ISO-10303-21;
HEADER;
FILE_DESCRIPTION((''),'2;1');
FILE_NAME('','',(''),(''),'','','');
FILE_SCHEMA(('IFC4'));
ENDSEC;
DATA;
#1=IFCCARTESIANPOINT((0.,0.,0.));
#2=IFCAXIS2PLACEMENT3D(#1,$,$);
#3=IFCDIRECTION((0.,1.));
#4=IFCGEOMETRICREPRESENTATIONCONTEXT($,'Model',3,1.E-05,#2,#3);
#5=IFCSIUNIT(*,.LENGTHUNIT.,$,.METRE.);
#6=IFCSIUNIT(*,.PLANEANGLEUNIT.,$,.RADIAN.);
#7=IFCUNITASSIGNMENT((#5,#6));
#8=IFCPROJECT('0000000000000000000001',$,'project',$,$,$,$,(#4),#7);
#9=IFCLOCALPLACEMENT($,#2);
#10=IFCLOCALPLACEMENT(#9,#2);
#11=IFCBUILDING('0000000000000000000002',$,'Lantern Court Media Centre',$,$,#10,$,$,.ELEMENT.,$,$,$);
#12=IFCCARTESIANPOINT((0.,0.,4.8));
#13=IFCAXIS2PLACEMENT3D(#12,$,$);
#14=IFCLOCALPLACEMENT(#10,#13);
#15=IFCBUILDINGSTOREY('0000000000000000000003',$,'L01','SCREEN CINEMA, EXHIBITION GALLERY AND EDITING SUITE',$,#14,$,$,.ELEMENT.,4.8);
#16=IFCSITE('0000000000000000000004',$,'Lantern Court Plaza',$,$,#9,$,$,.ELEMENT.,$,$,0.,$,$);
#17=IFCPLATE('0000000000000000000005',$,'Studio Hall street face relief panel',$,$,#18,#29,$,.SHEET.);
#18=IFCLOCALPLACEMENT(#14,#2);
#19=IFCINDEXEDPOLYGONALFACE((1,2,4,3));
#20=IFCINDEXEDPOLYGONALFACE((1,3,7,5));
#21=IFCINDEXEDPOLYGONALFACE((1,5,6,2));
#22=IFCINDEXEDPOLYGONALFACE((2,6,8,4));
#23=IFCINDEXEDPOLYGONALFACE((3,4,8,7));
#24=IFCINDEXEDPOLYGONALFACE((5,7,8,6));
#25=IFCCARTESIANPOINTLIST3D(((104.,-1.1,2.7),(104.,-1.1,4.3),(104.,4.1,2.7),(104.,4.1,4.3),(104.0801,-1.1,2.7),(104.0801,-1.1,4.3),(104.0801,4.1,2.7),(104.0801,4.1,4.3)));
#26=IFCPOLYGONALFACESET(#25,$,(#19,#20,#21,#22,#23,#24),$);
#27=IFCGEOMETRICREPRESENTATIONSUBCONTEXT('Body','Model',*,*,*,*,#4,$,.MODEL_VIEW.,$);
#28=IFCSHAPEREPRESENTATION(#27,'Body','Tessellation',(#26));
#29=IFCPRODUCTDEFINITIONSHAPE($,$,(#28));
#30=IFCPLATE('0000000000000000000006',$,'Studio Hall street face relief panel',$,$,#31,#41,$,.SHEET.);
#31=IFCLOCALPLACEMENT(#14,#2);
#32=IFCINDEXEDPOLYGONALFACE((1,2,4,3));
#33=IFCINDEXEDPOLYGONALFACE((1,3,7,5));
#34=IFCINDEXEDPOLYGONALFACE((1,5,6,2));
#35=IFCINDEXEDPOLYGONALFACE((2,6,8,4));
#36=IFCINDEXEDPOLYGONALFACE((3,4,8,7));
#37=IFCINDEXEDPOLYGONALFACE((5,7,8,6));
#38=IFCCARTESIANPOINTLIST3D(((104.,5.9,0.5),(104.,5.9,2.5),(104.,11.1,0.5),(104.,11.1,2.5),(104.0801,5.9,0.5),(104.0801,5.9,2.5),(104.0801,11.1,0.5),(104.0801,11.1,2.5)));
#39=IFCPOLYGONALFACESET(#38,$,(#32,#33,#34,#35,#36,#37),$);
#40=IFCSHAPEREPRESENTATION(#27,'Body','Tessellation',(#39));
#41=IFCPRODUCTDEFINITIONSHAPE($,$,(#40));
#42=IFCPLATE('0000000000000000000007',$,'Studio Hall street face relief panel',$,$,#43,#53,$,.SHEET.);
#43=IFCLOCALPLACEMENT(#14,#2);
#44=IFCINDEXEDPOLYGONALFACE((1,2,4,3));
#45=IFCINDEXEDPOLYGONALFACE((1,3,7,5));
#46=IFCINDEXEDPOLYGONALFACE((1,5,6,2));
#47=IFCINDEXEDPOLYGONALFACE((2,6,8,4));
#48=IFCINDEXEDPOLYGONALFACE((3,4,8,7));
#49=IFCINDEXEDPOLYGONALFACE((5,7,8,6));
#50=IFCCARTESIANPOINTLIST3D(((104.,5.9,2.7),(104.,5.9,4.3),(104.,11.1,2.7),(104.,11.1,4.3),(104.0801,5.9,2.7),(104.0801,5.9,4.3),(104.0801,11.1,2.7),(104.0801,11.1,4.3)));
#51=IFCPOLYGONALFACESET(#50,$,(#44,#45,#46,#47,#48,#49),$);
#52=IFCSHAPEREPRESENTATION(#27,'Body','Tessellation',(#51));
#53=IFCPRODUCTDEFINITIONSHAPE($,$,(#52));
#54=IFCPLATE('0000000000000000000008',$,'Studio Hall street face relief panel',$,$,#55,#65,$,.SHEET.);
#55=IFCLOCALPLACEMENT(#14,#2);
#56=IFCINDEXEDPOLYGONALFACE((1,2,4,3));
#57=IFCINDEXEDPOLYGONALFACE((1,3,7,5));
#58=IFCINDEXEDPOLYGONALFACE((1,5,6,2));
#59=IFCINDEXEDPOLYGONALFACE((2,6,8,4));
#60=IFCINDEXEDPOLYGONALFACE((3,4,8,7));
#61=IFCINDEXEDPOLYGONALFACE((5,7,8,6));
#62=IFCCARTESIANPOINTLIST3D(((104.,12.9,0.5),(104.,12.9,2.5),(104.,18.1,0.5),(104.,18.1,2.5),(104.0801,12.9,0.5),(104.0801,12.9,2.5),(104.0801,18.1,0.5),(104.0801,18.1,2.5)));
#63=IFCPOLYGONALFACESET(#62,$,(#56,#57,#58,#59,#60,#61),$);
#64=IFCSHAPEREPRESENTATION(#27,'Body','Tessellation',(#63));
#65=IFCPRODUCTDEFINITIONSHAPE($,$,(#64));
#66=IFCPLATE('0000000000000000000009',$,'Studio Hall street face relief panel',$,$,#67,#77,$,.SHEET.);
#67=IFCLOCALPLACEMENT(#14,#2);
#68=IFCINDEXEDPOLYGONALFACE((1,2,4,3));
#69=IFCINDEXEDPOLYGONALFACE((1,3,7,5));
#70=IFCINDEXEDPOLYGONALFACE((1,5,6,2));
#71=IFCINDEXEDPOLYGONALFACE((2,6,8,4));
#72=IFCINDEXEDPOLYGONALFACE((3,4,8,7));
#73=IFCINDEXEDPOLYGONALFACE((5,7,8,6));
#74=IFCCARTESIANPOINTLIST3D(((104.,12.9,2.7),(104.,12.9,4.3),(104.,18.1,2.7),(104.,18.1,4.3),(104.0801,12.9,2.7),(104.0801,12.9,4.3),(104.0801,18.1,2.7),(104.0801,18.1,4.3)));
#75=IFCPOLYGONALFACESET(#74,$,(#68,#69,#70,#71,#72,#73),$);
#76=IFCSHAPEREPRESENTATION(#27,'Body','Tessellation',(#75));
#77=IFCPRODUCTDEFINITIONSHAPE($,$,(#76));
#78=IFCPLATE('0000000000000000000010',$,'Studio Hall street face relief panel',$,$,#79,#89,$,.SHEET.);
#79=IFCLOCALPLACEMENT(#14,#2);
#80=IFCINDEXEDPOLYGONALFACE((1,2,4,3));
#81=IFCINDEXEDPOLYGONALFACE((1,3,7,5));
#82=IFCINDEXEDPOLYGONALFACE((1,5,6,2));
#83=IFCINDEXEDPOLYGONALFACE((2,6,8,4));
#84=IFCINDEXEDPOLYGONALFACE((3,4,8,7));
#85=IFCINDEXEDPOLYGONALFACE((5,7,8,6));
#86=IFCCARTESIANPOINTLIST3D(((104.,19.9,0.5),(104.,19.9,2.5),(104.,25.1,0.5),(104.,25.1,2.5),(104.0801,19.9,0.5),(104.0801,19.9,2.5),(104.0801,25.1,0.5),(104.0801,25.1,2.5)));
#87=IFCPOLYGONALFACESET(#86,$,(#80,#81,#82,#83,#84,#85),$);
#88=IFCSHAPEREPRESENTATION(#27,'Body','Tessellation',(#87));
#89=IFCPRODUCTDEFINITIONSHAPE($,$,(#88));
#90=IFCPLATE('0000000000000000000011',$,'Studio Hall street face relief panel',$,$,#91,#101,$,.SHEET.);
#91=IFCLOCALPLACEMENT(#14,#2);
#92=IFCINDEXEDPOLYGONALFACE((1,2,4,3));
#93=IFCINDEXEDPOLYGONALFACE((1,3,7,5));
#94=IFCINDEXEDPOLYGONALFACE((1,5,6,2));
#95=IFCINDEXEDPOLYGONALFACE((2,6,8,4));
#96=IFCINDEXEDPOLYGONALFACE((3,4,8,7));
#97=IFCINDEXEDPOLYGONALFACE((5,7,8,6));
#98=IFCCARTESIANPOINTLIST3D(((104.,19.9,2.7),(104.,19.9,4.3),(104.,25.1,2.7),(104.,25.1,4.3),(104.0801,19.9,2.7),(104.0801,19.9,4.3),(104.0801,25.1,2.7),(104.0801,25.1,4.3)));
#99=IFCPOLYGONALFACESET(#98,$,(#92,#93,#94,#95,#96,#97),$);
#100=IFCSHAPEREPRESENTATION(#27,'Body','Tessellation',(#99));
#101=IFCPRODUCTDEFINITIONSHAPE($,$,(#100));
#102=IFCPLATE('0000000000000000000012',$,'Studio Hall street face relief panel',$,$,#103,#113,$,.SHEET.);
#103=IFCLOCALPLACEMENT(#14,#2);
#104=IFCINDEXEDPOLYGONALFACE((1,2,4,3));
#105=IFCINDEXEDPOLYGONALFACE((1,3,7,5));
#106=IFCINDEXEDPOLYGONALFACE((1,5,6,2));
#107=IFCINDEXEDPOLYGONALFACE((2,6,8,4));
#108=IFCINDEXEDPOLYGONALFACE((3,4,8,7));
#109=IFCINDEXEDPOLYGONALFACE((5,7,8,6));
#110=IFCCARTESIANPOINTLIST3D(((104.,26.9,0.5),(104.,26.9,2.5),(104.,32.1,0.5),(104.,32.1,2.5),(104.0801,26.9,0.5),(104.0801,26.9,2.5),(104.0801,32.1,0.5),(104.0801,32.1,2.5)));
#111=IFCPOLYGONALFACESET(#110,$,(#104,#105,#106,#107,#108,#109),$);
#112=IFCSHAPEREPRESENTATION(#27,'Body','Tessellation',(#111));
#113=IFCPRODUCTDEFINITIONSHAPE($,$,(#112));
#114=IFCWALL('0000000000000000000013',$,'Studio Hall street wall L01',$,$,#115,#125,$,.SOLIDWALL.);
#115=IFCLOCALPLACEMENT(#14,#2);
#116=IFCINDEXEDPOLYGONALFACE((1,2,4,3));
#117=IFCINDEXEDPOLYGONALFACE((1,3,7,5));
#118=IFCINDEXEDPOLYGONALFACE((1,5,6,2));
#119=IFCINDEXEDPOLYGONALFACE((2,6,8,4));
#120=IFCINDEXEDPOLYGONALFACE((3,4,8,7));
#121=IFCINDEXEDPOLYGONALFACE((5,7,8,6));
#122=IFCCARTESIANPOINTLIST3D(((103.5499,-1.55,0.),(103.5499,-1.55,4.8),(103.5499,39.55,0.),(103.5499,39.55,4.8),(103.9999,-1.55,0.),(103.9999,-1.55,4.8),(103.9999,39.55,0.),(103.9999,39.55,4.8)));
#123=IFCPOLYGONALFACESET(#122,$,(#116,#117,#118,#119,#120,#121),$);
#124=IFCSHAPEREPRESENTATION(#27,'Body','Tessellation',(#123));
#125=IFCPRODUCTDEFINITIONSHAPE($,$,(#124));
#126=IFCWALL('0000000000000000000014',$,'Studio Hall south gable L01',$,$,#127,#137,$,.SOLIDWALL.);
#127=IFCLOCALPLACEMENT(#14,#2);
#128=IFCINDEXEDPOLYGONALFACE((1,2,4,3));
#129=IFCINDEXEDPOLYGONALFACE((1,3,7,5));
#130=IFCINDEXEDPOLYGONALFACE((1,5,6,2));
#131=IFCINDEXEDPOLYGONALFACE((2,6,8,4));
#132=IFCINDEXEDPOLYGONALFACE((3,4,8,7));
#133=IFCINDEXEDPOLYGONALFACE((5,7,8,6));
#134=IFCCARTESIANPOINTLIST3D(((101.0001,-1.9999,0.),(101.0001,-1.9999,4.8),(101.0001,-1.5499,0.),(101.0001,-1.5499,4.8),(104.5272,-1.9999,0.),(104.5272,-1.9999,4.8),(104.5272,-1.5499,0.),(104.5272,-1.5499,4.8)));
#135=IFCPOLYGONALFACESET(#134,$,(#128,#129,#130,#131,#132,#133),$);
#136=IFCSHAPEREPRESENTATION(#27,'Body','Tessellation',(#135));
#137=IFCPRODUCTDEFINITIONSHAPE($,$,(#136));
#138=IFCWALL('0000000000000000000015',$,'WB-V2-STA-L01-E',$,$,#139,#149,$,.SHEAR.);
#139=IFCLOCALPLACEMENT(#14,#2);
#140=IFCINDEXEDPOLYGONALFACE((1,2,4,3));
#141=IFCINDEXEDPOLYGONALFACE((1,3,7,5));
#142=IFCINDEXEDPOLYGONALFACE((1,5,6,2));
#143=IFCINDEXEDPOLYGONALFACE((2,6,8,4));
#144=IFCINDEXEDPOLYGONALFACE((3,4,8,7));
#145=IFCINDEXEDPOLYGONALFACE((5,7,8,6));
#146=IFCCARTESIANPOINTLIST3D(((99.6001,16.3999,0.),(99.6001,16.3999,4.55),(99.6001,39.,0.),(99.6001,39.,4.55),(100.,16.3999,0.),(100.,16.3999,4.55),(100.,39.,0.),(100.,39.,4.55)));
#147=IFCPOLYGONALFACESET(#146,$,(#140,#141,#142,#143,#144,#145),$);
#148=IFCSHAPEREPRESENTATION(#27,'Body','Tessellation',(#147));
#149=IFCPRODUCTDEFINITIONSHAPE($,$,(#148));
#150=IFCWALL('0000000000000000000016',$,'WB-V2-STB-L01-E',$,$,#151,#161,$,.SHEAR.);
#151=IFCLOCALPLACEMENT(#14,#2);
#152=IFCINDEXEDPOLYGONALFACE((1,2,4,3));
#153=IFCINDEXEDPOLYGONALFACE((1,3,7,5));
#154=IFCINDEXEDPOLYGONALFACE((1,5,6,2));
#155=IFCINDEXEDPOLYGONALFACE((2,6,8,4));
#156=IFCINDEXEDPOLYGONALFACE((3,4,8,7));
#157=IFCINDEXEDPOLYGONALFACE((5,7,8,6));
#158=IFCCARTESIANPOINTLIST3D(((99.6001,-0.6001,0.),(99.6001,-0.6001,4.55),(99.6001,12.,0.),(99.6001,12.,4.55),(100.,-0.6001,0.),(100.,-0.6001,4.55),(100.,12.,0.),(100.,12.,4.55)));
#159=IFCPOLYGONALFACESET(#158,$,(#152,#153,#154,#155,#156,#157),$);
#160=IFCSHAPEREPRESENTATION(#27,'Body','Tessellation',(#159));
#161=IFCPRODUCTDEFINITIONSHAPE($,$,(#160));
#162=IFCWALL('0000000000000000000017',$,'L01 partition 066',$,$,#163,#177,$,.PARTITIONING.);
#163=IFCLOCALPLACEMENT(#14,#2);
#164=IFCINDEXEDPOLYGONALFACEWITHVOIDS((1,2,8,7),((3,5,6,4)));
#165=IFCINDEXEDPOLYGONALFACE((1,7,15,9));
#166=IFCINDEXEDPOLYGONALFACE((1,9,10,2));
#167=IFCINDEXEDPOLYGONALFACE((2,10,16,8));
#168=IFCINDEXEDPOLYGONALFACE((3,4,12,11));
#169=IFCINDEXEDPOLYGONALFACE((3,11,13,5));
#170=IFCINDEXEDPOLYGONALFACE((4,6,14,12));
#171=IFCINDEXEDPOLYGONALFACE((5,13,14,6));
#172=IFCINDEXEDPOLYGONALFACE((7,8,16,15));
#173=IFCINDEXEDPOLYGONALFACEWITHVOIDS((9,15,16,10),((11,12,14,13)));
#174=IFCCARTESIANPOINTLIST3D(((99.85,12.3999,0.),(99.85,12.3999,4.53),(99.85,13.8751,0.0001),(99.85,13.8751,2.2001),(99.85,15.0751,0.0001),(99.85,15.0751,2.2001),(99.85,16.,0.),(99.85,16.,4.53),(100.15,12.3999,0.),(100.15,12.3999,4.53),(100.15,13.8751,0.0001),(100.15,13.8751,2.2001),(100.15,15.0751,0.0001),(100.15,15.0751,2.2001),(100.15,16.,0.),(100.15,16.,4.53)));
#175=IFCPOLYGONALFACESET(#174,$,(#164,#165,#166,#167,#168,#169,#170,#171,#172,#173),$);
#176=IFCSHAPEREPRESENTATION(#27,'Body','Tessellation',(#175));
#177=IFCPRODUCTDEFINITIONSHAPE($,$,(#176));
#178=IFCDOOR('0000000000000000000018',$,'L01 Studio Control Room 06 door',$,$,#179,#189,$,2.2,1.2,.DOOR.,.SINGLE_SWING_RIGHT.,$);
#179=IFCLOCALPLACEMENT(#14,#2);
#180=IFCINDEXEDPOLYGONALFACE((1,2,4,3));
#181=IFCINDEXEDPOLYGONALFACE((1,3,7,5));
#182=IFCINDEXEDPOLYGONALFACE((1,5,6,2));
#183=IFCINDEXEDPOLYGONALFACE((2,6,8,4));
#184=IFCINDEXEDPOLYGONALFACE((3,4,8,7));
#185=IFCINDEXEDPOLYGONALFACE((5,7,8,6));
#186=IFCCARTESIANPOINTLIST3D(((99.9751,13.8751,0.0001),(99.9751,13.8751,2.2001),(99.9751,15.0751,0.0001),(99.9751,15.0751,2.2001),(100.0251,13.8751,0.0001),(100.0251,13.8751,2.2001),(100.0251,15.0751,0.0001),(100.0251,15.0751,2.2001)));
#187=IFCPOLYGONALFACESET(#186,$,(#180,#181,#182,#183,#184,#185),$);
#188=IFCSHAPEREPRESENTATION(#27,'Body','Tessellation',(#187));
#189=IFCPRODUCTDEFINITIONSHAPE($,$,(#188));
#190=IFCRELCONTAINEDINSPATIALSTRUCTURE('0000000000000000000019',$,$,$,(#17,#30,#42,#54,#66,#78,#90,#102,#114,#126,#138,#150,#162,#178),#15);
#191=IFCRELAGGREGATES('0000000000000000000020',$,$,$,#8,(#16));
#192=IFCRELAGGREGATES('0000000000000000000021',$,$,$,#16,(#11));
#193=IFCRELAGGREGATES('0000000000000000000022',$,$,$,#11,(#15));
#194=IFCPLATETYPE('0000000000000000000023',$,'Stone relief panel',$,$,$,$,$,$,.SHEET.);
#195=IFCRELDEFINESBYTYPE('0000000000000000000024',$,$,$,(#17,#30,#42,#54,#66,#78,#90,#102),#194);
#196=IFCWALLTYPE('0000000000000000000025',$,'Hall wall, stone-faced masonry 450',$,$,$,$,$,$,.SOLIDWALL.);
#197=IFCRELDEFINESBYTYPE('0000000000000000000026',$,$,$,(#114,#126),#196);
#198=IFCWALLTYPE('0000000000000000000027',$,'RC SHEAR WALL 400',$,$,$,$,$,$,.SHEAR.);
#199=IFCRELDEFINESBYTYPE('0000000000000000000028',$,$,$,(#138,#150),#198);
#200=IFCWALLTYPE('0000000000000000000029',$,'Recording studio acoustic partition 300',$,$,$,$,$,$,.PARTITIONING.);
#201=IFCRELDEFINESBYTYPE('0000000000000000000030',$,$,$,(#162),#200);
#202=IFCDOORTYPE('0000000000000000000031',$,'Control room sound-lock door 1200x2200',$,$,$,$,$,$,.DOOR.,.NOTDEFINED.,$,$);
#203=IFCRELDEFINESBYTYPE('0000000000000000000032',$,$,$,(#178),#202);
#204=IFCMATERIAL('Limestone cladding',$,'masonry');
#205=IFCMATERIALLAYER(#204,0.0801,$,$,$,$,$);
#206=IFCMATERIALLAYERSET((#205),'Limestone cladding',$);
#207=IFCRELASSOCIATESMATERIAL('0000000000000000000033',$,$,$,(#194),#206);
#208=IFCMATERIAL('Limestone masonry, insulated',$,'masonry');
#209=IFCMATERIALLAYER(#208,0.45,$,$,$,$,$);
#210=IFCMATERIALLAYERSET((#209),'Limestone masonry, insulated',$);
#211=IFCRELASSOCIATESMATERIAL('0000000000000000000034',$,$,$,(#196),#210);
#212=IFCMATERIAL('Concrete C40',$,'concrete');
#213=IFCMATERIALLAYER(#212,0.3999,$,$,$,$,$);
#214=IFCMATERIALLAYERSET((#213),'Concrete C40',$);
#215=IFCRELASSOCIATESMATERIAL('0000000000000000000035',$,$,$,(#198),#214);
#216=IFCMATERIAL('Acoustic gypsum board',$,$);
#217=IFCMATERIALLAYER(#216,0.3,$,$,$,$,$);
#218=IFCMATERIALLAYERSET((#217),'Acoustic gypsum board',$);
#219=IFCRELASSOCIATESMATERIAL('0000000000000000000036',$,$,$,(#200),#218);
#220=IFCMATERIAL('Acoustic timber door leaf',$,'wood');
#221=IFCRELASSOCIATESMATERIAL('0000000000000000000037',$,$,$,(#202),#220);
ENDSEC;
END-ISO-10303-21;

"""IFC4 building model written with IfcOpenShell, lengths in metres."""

from ifc_helpers import new_model, si_unit, direction, frame, frame_2d, origin, origin_2d, place, context, subcontext, project, spatial, rectangle, extrude, material, layer, layer_set, type_object, element, fill, save


model = new_model("IFC4")

# Units and contexts
model_context = context("Model", 3, precision=1e-05, world=origin(), true_north=direction((0.0, 1.0)))
body_context = subcontext(model_context, "Body", "Model", "MODEL_VIEW")
ifc_project = project(units=[si_unit("LENGTHUNIT", "METRE"), si_unit("PLANEANGLEUNIT", "RADIAN")], contexts=[model_context])

# Site, building, storey
site_placement = place(None, origin())
site = spatial("IfcSite", under=ifc_project, at=site_placement, Name="Lantern Court Plaza", CompositionType="ELEMENT", RefElevation=0.0)
building_placement = place(site_placement, origin())
building = spatial("IfcBuilding", under=site, at=building_placement, Name="Lantern Court Media Centre", CompositionType="ELEMENT")
storey_placement = place(building_placement, frame((0.0, 0.0, 4.8)))
storey = spatial("IfcBuildingStorey", under=building, at=storey_placement, Name="L01", Description="SCREEN CINEMA, EXHIBITION GALLERY AND EDITING SUITE", CompositionType="ELEMENT", Elevation=4.8)

# Plates
ifc_material_1 = material(Name="Limestone cladding", Category="masonry")
ifc_layer_1 = layer(ifc_material_1, 0.0801)
ifc_layer_set_1 = layer_set([ifc_layer_1], Name="Limestone cladding")
plate_type = type_object("IfcPlateType", Name="Stone relief panel", PredefinedType="SHEET", material=ifc_layer_set_1)
plate_1_placement = place(storey_placement, frame((104.04, 1.5, 2.7), z_axis=(0.0, 0.0, 1.0), x_axis=(1.0, 0.0, 0.0)))
element("IfcPlate", 1, at=plate_1_placement, inside=storey, type_object=plate_type, Name="Studio Hall street face relief panel", PredefinedType="SHEET", context=body_context, shape_type="SweptSolid", body=[
    extrude(rectangle(XDim=0.0801, YDim=5.2, at=origin_2d()), origin(), (0.0, 0.0, 1.0), 1.6001),
])
plate_2_placement = place(storey_placement, frame((104.04, 8.5, 0.5), z_axis=(0.0, 0.0, 1.0), x_axis=(1.0, 0.0, 0.0)))
element("IfcPlate", 2, at=plate_2_placement, inside=storey, type_object=plate_type, Name="Studio Hall street face relief panel", PredefinedType="SHEET", context=body_context, shape_type="SweptSolid", body=[
    extrude(rectangle(XDim=0.0801, YDim=5.2, at=origin_2d()), origin(), (0.0, 0.0, 1.0), 2.0),
])
plate_3_placement = place(storey_placement, frame((104.04, 8.5, 2.7), z_axis=(0.0, 0.0, 1.0), x_axis=(1.0, 0.0, 0.0)))
element("IfcPlate", 3, at=plate_3_placement, inside=storey, type_object=plate_type, Name="Studio Hall street face relief panel", PredefinedType="SHEET", context=body_context, shape_type="SweptSolid", body=[
    extrude(rectangle(XDim=0.0801, YDim=5.2, at=origin_2d()), origin(), (0.0, 0.0, 1.0), 1.6001),
])
plate_4_placement = place(storey_placement, frame((104.04, 15.5, 0.5), z_axis=(0.0, 0.0, 1.0), x_axis=(1.0, 0.0, 0.0)))
element("IfcPlate", 4, at=plate_4_placement, inside=storey, type_object=plate_type, Name="Studio Hall street face relief panel", PredefinedType="SHEET", context=body_context, shape_type="SweptSolid", body=[
    extrude(rectangle(XDim=0.0801, YDim=5.2, at=origin_2d()), origin(), (0.0, 0.0, 1.0), 2.0),
])
plate_5_placement = place(storey_placement, frame((104.04, 15.5, 2.7), z_axis=(0.0, 0.0, 1.0), x_axis=(1.0, 0.0, 0.0)))
element("IfcPlate", 5, at=plate_5_placement, inside=storey, type_object=plate_type, Name="Studio Hall street face relief panel", PredefinedType="SHEET", context=body_context, shape_type="SweptSolid", body=[
    extrude(rectangle(XDim=0.0801, YDim=5.2, at=origin_2d()), origin(), (0.0, 0.0, 1.0), 1.6001),
])
plate_6_placement = place(storey_placement, frame((104.04, 22.5, 0.5), z_axis=(0.0, 0.0, 1.0), x_axis=(1.0, 0.0, 0.0)))
element("IfcPlate", 6, at=plate_6_placement, inside=storey, type_object=plate_type, Name="Studio Hall street face relief panel", PredefinedType="SHEET", context=body_context, shape_type="SweptSolid", body=[
    extrude(rectangle(XDim=0.0801, YDim=5.2, at=origin_2d()), origin(), (0.0, 0.0, 1.0), 2.0),
])
plate_7_placement = place(storey_placement, frame((104.04, 22.5, 2.7), z_axis=(0.0, 0.0, 1.0), x_axis=(1.0, 0.0, 0.0)))
element("IfcPlate", 7, at=plate_7_placement, inside=storey, type_object=plate_type, Name="Studio Hall street face relief panel", PredefinedType="SHEET", context=body_context, shape_type="SweptSolid", body=[
    extrude(rectangle(XDim=0.0801, YDim=5.2, at=origin_2d()), origin(), (0.0, 0.0, 1.0), 1.6001),
])
plate_8_placement = place(storey_placement, frame((104.04, 29.5, 0.5), z_axis=(0.0, 0.0, 1.0), x_axis=(1.0, 0.0, 0.0)))
element("IfcPlate", 8, at=plate_8_placement, inside=storey, type_object=plate_type, Name="Studio Hall street face relief panel", PredefinedType="SHEET", context=body_context, shape_type="SweptSolid", body=[
    extrude(rectangle(XDim=0.0801, YDim=5.2, at=origin_2d()), origin(), (0.0, 0.0, 1.0), 2.0),
])

# Walls
ifc_material_2 = material(Name="Limestone masonry, insulated", Category="masonry")
ifc_layer_2 = layer(ifc_material_2, 0.45)
ifc_layer_set_2 = layer_set([ifc_layer_2], Name="Limestone masonry, insulated")
wall_type_1 = type_object("IfcWallType", Name="Hall wall, stone-faced masonry 450", PredefinedType="SOLIDWALL", material=ifc_layer_set_2)
wall_1_placement = place(storey_placement, frame((103.7749, -1.55, 0.0), z_axis=(0.0, 0.0, 1.0), x_axis=(0.0, 1.0, 0.0)))
element("IfcWall", 9, at=wall_1_placement, inside=storey, type_object=wall_type_1, Name="Studio Hall street wall L01", PredefinedType="SOLIDWALL", context=body_context, shape_type="SweptSolid", body=[
    extrude(rectangle(XDim=41.1001, YDim=0.45, at=frame_2d((20.55, 0.0))), origin(), (0.0, 0.0, 1.0), 4.8),
])
wall_2_placement = place(storey_placement, frame((101.0, -1.7749, 0.0), z_axis=(0.0, 0.0, 1.0), x_axis=(1.0, 0.0, 0.0)))
element("IfcWall", 10, at=wall_2_placement, inside=storey, type_object=wall_type_1, Name="Studio Hall south gable L01", PredefinedType="SOLIDWALL", context=body_context, shape_type="SweptSolid", body=[
    extrude(rectangle(XDim=3.5271, YDim=0.45, at=frame_2d((1.7637, 0.0))), origin(), (0.0, 0.0, 1.0), 4.8),
])
ifc_material_3 = material(Name="Concrete C40", Category="concrete")
ifc_layer_3 = layer(ifc_material_3, 0.3999)
ifc_layer_set_3 = layer_set([ifc_layer_3], Name="Concrete C40")
wall_type_2 = type_object("IfcWallType", Name="RC SHEAR WALL 400", PredefinedType="SHEAR", material=ifc_layer_set_3)
wall_3_placement = place(storey_placement, frame((99.8, 16.3999, 0.0), z_axis=(0.0, 0.0, 1.0), x_axis=(0.0, 1.0, 0.0)))
element("IfcWall", 11, at=wall_3_placement, inside=storey, type_object=wall_type_2, Name="WB-V2-STA-L01-E", PredefinedType="SHEAR", context=body_context, shape_type="SweptSolid", body=[
    extrude(rectangle(XDim=22.6001, YDim=0.3999, at=frame_2d((11.3, 0.0))), origin(), (0.0, 0.0, 1.0), 4.55),
])
wall_4_placement = place(storey_placement, frame((99.8, -0.6001, 0.0), z_axis=(0.0, 0.0, 1.0), x_axis=(0.0, 1.0, 0.0)))
element("IfcWall", 12, at=wall_4_placement, inside=storey, type_object=wall_type_2, Name="WB-V2-STB-L01-E", PredefinedType="SHEAR", context=body_context, shape_type="SweptSolid", body=[
    extrude(rectangle(XDim=12.6001, YDim=0.3999, at=frame_2d((6.3, 0.0))), origin(), (0.0, 0.0, 1.0), 4.55),
])

# Wall, opening, door
ifc_material_4 = material(Name="Acoustic gypsum board")
ifc_layer_4 = layer(ifc_material_4, 0.3)
ifc_layer_set_4 = layer_set([ifc_layer_4], Name="Acoustic gypsum board")
wall_type_3 = type_object("IfcWallType", Name="Recording studio acoustic partition 300", PredefinedType="PARTITIONING", material=ifc_layer_set_4)
wall_5_placement = place(storey_placement, frame((100.0, 12.3999, 0.0), z_axis=(0.0, 0.0, 1.0), x_axis=(0.0, 1.0, 0.0)))
wall_5 = element("IfcWall", 13, at=wall_5_placement, inside=storey, type_object=wall_type_3, Name="L01 partition 066", PredefinedType="PARTITIONING", context=body_context, shape_type="SweptSolid", body=[
    extrude(rectangle(XDim=3.6001, YDim=0.3, at=frame_2d((1.8, 0.0))), origin(), (0.0, 0.0, 1.0), 4.53),
])
opening_placement = place(wall_5_placement, frame((1.4751, 0.0, 0.0)))
opening = element("IfcOpeningElement", 14, at=opening_placement, cuts=wall_5, PredefinedType="OPENING", context=body_context, shape_type="SweptSolid", body=[
    extrude(rectangle(XDim=1.2, YDim=2.2, at=frame_2d((0.6001, 1.1001))), frame((0.0, 0.1599, 0.0), z_axis=(0.0, -1.0, 0.0), x_axis=(1.0, 0.0, 0.0)), (0.0, 0.0, 1.0), 0.3201),
])
ifc_material_5 = material(Name="Acoustic timber door leaf", Category="wood")
door_type = type_object("IfcDoorType", Name="Control room sound-lock door 1200x2200", OperationType="NOTDEFINED", PredefinedType="DOOR", material=ifc_material_5)
door_placement = place(opening_placement, origin())
door = element("IfcDoor", 15, at=door_placement, inside=storey, type_object=door_type, Name="L01 Studio Control Room 06 door", OperationType="SINGLE_SWING_RIGHT", OverallHeight=2.2, OverallWidth=1.2, PredefinedType="DOOR", context=body_context, shape_type="SweptSolid", body=[
    extrude(rectangle(XDim=1.2, YDim=2.2, at=frame_2d((0.6001, 1.1001))), frame((0.0, 0.0249, 0.0), z_axis=(0.0, -1.0, 0.0), x_axis=(1.0, 0.0, 0.0)), (0.0, 0.0, 1.0), 0.05),
])
fill(opening, door)

save(model, "model.ifc")
